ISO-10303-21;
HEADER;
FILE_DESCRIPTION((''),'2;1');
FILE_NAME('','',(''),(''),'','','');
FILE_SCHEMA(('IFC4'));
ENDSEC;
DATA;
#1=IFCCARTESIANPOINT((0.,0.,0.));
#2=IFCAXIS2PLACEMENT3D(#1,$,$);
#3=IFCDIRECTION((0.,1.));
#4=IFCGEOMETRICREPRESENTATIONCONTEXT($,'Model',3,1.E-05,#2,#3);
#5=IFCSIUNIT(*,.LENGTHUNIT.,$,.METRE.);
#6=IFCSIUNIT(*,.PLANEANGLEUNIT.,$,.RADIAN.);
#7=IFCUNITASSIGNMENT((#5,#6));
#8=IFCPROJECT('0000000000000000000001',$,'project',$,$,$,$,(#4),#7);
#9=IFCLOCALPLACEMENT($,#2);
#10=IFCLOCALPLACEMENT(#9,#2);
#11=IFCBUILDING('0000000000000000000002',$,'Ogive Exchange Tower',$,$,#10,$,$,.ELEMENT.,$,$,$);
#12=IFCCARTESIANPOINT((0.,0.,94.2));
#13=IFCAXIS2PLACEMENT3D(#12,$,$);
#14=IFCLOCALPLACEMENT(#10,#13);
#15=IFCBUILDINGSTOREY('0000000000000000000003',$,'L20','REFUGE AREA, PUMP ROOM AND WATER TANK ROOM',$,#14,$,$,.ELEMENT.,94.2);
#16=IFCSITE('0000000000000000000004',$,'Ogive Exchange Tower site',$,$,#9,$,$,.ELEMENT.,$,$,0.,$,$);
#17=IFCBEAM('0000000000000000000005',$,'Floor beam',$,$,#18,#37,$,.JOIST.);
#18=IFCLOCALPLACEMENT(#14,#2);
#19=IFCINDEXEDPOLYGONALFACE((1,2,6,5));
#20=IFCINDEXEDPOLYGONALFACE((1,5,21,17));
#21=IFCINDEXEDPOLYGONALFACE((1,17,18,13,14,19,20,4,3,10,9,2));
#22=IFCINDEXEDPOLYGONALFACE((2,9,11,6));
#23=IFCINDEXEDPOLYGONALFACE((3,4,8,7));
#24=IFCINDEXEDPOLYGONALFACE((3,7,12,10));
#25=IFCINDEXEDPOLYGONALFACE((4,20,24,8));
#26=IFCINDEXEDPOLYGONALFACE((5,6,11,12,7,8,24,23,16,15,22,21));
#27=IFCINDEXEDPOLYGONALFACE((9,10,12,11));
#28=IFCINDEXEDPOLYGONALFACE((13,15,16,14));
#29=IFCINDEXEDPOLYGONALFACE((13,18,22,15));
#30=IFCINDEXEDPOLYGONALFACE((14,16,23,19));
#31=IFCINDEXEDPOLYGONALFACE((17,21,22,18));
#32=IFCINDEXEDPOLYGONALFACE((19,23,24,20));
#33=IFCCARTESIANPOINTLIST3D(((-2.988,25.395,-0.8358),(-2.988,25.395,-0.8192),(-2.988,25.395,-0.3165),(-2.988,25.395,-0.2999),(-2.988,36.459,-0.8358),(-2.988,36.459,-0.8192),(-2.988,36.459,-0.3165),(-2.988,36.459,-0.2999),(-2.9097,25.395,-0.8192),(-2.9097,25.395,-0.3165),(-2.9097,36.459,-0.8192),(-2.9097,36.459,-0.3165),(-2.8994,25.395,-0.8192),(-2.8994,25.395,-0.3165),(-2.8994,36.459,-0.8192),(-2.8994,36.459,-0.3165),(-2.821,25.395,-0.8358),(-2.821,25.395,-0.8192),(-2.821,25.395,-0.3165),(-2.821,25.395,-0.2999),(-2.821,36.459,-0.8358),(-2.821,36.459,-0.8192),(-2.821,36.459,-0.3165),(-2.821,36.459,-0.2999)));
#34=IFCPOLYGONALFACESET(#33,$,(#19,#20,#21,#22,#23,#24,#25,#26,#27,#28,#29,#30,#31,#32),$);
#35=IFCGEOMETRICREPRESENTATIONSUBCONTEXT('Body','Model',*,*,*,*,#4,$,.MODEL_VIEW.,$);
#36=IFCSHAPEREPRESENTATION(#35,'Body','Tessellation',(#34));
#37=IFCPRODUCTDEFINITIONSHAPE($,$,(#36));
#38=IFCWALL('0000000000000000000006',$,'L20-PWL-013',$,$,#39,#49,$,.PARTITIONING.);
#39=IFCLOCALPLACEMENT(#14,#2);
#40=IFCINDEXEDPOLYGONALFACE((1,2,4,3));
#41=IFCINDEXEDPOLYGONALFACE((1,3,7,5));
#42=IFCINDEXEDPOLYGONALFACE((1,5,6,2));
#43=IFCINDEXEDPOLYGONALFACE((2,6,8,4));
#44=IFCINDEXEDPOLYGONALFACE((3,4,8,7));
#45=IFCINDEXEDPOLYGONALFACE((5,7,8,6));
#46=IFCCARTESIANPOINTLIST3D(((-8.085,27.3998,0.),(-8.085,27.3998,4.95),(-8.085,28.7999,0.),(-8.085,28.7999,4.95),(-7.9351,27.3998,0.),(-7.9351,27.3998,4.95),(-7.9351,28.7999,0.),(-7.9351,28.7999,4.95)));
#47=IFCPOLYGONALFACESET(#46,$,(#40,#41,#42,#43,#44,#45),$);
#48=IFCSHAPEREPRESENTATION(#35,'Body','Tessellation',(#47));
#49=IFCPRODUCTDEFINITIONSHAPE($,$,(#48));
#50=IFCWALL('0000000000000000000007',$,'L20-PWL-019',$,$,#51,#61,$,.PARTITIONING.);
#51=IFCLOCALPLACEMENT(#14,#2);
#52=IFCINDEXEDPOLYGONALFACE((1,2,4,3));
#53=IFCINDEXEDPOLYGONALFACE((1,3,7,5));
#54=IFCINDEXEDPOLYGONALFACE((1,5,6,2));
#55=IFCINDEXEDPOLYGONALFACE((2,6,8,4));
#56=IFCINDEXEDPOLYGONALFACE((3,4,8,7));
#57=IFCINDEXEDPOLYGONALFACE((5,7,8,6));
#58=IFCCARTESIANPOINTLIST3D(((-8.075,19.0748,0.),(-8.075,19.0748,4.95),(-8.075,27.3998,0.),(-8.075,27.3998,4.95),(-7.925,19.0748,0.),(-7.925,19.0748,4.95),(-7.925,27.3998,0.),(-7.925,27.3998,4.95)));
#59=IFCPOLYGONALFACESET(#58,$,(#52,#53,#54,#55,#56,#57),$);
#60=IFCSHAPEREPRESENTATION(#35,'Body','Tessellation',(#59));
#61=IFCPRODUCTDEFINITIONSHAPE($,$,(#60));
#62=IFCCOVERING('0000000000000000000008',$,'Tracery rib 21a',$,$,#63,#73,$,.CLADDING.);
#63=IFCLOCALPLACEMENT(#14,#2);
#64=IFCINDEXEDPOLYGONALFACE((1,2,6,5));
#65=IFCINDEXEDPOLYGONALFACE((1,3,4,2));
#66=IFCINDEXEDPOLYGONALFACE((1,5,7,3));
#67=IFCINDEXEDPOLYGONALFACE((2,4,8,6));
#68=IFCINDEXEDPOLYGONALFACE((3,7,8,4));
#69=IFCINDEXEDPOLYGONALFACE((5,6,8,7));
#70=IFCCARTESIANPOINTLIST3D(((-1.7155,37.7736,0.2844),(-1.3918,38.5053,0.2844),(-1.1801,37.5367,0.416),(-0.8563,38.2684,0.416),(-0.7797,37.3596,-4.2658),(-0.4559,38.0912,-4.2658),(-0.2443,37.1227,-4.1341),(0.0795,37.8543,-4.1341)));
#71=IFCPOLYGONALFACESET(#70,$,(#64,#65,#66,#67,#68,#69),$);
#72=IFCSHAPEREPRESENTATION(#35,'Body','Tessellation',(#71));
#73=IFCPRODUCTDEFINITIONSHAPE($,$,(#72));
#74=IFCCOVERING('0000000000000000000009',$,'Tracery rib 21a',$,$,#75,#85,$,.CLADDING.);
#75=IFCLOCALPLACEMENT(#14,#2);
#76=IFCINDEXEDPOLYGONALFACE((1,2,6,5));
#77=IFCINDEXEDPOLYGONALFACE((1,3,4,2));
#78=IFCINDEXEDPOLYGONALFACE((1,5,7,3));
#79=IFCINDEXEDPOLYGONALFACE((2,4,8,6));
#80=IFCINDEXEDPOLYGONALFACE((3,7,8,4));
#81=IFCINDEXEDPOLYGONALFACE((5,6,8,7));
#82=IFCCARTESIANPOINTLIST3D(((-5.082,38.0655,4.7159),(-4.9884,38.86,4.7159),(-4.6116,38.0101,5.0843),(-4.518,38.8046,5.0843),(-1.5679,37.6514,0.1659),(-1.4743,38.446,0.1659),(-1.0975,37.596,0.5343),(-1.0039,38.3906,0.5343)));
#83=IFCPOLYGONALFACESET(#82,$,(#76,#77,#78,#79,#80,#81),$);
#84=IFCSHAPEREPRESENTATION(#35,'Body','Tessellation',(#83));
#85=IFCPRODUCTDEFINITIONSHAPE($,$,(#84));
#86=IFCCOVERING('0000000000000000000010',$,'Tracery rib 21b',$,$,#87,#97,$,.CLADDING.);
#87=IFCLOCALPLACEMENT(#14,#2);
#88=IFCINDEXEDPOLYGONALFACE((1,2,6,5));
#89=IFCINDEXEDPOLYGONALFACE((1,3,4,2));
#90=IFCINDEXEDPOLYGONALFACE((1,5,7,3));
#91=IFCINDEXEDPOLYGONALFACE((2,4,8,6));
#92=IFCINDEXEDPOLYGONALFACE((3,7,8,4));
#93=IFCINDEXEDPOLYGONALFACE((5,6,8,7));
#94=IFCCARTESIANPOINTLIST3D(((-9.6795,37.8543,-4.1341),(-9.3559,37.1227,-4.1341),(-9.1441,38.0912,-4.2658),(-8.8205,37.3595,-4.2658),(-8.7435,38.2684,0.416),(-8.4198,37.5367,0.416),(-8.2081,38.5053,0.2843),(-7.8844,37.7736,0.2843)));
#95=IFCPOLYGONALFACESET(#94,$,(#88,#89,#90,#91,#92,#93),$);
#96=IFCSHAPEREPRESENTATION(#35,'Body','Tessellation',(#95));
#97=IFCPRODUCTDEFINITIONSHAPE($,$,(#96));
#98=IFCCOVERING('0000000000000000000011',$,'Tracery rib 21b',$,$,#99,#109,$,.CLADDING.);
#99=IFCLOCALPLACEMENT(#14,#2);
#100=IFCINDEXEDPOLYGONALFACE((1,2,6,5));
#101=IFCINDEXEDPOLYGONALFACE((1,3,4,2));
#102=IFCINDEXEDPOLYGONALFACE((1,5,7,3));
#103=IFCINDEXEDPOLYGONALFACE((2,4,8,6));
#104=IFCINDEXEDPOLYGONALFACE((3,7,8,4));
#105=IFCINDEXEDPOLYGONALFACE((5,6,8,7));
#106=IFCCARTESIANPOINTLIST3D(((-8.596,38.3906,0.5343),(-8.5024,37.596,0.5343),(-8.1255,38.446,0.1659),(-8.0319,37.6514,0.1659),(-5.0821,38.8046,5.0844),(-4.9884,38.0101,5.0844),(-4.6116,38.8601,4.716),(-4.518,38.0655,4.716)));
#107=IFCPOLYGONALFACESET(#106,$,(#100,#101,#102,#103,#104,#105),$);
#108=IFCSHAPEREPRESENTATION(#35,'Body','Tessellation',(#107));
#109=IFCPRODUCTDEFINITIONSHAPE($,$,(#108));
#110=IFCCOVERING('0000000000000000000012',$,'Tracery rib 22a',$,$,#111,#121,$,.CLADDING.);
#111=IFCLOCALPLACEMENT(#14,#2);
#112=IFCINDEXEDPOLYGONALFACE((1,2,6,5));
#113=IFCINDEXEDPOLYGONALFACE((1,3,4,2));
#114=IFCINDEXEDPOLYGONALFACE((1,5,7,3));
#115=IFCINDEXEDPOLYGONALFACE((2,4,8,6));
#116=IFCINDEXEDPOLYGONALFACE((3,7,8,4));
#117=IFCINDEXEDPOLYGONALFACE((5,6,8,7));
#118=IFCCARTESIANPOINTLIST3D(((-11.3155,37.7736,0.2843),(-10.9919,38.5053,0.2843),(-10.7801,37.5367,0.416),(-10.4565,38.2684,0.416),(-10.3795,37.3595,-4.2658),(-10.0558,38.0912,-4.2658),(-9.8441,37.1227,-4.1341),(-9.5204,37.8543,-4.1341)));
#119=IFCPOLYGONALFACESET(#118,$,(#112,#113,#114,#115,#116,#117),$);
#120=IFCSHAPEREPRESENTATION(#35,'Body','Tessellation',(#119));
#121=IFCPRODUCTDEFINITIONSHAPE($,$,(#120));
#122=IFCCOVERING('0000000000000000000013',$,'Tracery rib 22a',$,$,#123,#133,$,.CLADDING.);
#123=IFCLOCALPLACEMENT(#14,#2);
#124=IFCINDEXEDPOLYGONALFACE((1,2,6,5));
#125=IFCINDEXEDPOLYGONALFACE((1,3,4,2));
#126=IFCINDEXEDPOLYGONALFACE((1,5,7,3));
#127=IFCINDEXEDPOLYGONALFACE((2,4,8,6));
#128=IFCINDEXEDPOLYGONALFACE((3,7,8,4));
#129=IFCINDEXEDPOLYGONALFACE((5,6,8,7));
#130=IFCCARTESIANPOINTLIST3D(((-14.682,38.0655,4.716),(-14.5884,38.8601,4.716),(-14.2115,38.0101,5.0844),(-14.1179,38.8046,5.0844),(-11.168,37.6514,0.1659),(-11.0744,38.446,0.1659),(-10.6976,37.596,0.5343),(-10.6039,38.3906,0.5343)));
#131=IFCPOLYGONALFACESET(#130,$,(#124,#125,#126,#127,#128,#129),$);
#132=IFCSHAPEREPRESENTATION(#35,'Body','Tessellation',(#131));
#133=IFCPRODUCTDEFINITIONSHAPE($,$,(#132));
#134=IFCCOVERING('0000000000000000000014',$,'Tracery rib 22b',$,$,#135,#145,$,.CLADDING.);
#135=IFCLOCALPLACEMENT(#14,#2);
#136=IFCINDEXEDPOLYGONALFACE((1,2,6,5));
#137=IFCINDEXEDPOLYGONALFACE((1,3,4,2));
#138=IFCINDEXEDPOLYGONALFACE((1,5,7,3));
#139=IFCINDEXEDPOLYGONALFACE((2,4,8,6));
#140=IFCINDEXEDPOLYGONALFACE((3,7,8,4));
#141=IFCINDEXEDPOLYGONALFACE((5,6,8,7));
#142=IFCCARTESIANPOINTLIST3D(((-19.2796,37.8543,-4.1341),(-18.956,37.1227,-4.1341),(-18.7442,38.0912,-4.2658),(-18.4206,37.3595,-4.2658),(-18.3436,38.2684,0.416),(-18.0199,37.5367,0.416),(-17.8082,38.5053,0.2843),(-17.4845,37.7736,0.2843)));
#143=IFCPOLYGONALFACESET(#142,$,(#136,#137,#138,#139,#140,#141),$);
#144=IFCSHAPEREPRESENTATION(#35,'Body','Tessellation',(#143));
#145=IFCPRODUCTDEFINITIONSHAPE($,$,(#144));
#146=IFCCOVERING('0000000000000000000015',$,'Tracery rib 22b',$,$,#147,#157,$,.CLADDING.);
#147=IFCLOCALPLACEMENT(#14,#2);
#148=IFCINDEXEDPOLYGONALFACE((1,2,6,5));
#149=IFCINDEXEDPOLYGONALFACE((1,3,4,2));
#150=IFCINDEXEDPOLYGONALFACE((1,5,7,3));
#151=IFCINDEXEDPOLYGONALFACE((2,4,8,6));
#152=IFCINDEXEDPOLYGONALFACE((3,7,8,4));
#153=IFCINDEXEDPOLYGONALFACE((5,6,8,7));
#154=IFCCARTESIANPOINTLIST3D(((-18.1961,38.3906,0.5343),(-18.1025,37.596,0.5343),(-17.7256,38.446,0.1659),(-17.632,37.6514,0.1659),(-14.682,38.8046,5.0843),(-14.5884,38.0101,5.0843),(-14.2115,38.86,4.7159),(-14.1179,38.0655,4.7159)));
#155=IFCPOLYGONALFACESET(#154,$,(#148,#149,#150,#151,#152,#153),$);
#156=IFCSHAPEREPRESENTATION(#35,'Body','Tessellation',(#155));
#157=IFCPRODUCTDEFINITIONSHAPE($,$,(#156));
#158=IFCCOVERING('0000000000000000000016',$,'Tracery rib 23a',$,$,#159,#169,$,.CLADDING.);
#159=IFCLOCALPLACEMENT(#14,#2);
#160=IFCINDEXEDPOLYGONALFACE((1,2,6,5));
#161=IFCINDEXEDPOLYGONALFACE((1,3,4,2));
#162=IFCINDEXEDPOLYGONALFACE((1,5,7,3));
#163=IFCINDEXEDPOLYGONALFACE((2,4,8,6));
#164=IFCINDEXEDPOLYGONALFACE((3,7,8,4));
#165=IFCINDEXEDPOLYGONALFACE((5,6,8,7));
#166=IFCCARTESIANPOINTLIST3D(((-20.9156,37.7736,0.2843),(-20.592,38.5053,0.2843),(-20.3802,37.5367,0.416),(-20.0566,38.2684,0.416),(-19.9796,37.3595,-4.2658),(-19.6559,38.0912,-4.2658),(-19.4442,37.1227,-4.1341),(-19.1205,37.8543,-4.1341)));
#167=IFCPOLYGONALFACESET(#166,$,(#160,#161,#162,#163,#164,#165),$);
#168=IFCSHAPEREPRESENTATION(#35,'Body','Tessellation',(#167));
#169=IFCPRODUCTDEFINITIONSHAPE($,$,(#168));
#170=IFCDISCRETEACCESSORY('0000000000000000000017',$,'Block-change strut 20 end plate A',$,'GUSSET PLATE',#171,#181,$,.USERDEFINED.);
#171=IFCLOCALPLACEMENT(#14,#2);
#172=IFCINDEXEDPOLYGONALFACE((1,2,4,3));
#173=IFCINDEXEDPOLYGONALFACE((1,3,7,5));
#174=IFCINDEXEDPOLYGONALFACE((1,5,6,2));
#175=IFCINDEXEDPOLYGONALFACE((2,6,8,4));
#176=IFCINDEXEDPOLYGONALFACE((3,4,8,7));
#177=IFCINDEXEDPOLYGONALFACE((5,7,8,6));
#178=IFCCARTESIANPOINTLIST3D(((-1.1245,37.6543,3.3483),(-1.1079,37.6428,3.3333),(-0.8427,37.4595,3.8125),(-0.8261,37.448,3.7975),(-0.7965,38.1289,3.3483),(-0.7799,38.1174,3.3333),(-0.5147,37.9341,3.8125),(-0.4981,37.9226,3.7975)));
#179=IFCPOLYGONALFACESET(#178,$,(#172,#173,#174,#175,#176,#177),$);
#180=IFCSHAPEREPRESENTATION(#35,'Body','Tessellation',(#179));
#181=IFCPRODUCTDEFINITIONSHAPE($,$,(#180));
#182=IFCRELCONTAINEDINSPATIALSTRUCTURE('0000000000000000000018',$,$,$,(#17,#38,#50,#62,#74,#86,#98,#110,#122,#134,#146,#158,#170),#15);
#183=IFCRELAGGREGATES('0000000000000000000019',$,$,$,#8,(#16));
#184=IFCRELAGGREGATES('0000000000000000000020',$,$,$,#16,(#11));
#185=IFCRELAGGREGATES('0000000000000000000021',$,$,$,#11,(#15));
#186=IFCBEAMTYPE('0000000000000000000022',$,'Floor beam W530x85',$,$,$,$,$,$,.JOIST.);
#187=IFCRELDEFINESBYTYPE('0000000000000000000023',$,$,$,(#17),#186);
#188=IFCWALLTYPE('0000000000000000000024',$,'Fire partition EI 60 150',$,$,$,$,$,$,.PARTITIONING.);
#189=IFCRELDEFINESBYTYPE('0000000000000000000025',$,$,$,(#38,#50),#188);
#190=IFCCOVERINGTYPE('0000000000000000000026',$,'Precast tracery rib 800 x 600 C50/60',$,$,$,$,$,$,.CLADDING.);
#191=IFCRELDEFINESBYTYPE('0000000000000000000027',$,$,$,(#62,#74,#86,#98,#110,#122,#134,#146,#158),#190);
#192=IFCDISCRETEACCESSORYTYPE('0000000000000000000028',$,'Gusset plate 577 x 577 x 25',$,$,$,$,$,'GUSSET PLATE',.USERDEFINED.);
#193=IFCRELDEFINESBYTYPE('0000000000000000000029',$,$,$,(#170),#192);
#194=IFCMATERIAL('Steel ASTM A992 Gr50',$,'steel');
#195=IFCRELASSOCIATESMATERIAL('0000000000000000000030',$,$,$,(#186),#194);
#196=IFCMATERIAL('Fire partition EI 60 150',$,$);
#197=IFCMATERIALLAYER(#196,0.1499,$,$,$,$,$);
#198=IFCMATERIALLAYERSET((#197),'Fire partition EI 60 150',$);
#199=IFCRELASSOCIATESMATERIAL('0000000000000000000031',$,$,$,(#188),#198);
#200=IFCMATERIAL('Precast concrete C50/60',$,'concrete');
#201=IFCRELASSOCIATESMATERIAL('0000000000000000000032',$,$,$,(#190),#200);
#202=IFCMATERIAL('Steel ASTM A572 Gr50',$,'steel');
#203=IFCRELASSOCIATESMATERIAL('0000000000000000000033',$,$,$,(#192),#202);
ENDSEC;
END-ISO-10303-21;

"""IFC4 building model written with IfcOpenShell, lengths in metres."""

from ifc_helpers import new_model, si_unit, direction, frame, frame_2d, origin, origin_2d, place, context, subcontext, project, spatial, rectangle, i_section, extrude, material, layer, layer_set, material_profile, profile_set, type_object, element, save


model = new_model("IFC4")

# Units and contexts
model_context = context("Model", 3, precision=1e-05, world=origin(), true_north=direction((0.0, 1.0)))
body_context = subcontext(model_context, "Body", "Model", "MODEL_VIEW")
ifc_project = project(units=[si_unit("LENGTHUNIT", "METRE"), si_unit("PLANEANGLEUNIT", "RADIAN")], contexts=[model_context])

# Site, building, storey
site_placement = place(None, origin())
site = spatial("IfcSite", under=ifc_project, at=site_placement, Name="Ogive Exchange Tower site", CompositionType="ELEMENT", RefElevation=0.0)
building_placement = place(site_placement, origin())
building = spatial("IfcBuilding", under=site, at=building_placement, Name="Ogive Exchange Tower", CompositionType="ELEMENT")
storey_placement = place(building_placement, frame((0.0, 0.0, 94.2)))
storey = spatial("IfcBuildingStorey", under=building, at=storey_placement, Name="L20", Description="REFUGE AREA, PUMP ROOM AND WATER TANK ROOM", CompositionType="ELEMENT", Elevation=94.2)

# Shared definitions
ifc_material_1 = material(Name="Steel ASTM A992 Gr50", Category="steel")

# Beam
ifc_material_profile_1 = material_profile(ifc_material_1, i_section(OverallWidth=0.167, OverallDepth=0.5359, WebThickness=0.0103, FlangeThickness=0.0166, at=origin_2d()), Name="W530x85")
ifc_profile_set_1 = profile_set([ifc_material_profile_1], Name="Steel ASTM A992 Gr50")
beam_type_1 = type_object("IfcBeamType", Name="Floor beam W530x85", PredefinedType="JOIST", material=ifc_profile_set_1)
for number, where, z_axis, x_axis, name in (
    (1, (-2.9045, 25.395, -0.5679), (0.0, 1.0, 0.0), (-1.0, 0.0, 0.0), "Floor beam"),
):
    element("IfcBeam", number, at=place(storey_placement, frame(where, z_axis=z_axis, x_axis=x_axis)), inside=storey, type_object=beam_type_1, Name=name, PredefinedType="JOIST", context=body_context, shape_type="SweptSolid", body=[
        extrude(i_section(OverallWidth=0.167, OverallDepth=0.5359, WebThickness=0.0103, FlangeThickness=0.0166, at=origin_2d()), origin(), (0.0, 0.0, 1.0), 11.064),
    ])

# Walls
ifc_material_2 = material(Name="Fire partition EI 60 150")
ifc_layer = layer(ifc_material_2, 0.1499)
ifc_layer_set = layer_set([ifc_layer], Name="Fire partition EI 60 150")
wall_type = type_object("IfcWallType", Name="Fire partition EI 60 150", PredefinedType="PARTITIONING", material=ifc_layer_set)
wall_1_placement = place(storey_placement, frame((-8.01, 28.8, 0.0), z_axis=(0.0, 0.0, 1.0), x_axis=(0.0, -1.0, 0.0)))
element("IfcWall", 2, at=wall_1_placement, inside=storey, type_object=wall_type, Name="L20-PWL-013", PredefinedType="PARTITIONING", context=body_context, shape_type="SweptSolid", body=[
    extrude(rectangle(XDim=1.4001, YDim=0.1499, at=frame_2d((0.7002, 0.0))), origin(), (0.0, 0.0, 1.0), 4.95),
])
wall_2_placement = place(storey_placement, frame((-8.0, 27.3999, 0.0), z_axis=(0.0, 0.0, 1.0), x_axis=(0.0, -1.0, 0.0)))
element("IfcWall", 3, at=wall_2_placement, inside=storey, type_object=wall_type, Name="L20-PWL-019", PredefinedType="PARTITIONING", context=body_context, shape_type="SweptSolid", body=[
    extrude(rectangle(XDim=8.325, YDim=0.1499, at=frame_2d((4.1626, 0.0))), origin(), (0.0, 0.0, 1.0), 4.95),
])

# Coverings
ifc_material_3 = material(Name="Precast concrete C50/60", Category="concrete")
ifc_material_profile_2 = material_profile(ifc_material_3, rectangle(XDim=0.8, YDim=0.6001, at=origin_2d()), Name="RIB 800 x 600")
ifc_profile_set_2 = profile_set([ifc_material_profile_2], Name="Precast concrete C50/60")
covering_type = type_object("IfcCoveringType", Name="Precast tracery rib 800 x 600 C50/60", PredefinedType="CLADDING", material=ifc_profile_set_2)
covering_1_placement = place(storey_placement, frame((-0.3501, 37.6069, -4.2), z_axis=(-0.200654, 0.088784, 0.975631), x_axis=(-0.404633, -0.914479, 0.0)))
element("IfcCovering", 4, at=covering_1_placement, inside=storey, type_object=covering_type, Name="Tracery rib 21a", PredefinedType="CLADDING", context=body_context, shape_type="SweptSolid", body=[
    extrude(rectangle(XDim=0.8, YDim=0.6001, at=origin_2d()), origin(), (0.0, 0.0, 1.0), 4.6638),
])
covering_2_placement = place(storey_placement, frame((-1.2859, 38.021, 0.3501), z_axis=(-0.609674, 0.071836, 0.789391), x_axis=(-0.117017, -0.99313, 0.0)))
element("IfcCovering", 5, at=covering_2_placement, inside=storey, type_object=covering_type, Name="Tracery rib 21a", PredefinedType="CLADDING", context=body_context, shape_type="SweptSolid", body=[
    extrude(rectangle(XDim=0.8, YDim=0.6001, at=origin_2d()), origin(), (0.0, 0.0, 1.0), 5.7639),
])
covering_3_placement = place(storey_placement, frame((-9.25, 37.6069, -4.2), z_axis=(0.200704, 0.088783, 0.97562), x_axis=(-0.404544, 0.914518, 0.0)))
element("IfcCovering", 6, at=covering_3_placement, inside=storey, type_object=covering_type, Name="Tracery rib 21b", PredefinedType="CLADDING", context=body_context, shape_type="SweptSolid", body=[
    extrude(rectangle(XDim=0.8, YDim=0.6001, at=origin_2d()), origin(), (0.0, 0.0, 1.0), 4.6638),
])
covering_4_placement = place(storey_placement, frame((-8.314, 38.021, 0.3501), z_axis=(0.609647, 0.071838, 0.789411), x_axis=(-0.117025, 0.993129, 0.0)))
element("IfcCovering", 7, at=covering_4_placement, inside=storey, type_object=covering_type, Name="Tracery rib 21b", PredefinedType="CLADDING", context=body_context, shape_type="SweptSolid", body=[
    extrude(rectangle(XDim=0.8, YDim=0.6001, at=origin_2d()), origin(), (0.0, 0.0, 1.0), 5.7639),
])
covering_5_placement = place(storey_placement, frame((-9.95, 37.6069, -4.2), z_axis=(-0.200704, 0.088783, 0.97562), x_axis=(-0.404544, -0.914518, 0.0)))
element("IfcCovering", 8, at=covering_5_placement, inside=storey, type_object=covering_type, Name="Tracery rib 22a", PredefinedType="CLADDING", context=body_context, shape_type="SweptSolid", body=[
    extrude(rectangle(XDim=0.8, YDim=0.6001, at=origin_2d()), origin(), (0.0, 0.0, 1.0), 4.6638),
])
covering_6_placement = place(storey_placement, frame((-10.886, 38.021, 0.3501), z_axis=(-0.609647, 0.071838, 0.789411), x_axis=(-0.117025, -0.993129, 0.0)))
element("IfcCovering", 9, at=covering_6_placement, inside=storey, type_object=covering_type, Name="Tracery rib 22a", PredefinedType="CLADDING", context=body_context, shape_type="SweptSolid", body=[
    extrude(rectangle(XDim=0.8, YDim=0.6001, at=origin_2d()), origin(), (0.0, 0.0, 1.0), 5.7639),
])
covering_7_placement = place(storey_placement, frame((-18.8501, 37.6069, -4.2), z_axis=(0.200704, 0.088783, 0.97562), x_axis=(-0.404544, 0.914518, 0.0)))
element("IfcCovering", 10, at=covering_7_placement, inside=storey, type_object=covering_type, Name="Tracery rib 22b", PredefinedType="CLADDING", context=body_context, shape_type="SweptSolid", body=[
    extrude(rectangle(XDim=0.8, YDim=0.6001, at=origin_2d()), origin(), (0.0, 0.0, 1.0), 4.6638),
])
covering_8_placement = place(storey_placement, frame((-17.9141, 38.021, 0.3501), z_axis=(0.609674, 0.071836, 0.789391), x_axis=(-0.117017, 0.99313, 0.0)))
element("IfcCovering", 11, at=covering_8_placement, inside=storey, type_object=covering_type, Name="Tracery rib 22b", PredefinedType="CLADDING", context=body_context, shape_type="SweptSolid", body=[
    extrude(rectangle(XDim=0.8, YDim=0.6001, at=origin_2d()), origin(), (0.0, 0.0, 1.0), 5.7639),
])
covering_9_placement = place(storey_placement, frame((-19.55, 37.6069, -4.2), z_axis=(-0.200704, 0.088783, 0.97562), x_axis=(-0.404544, -0.914518, 0.0)))
element("IfcCovering", 12, at=covering_9_placement, inside=storey, type_object=covering_type, Name="Tracery rib 23a", PredefinedType="CLADDING", context=body_context, shape_type="SweptSolid", body=[
    extrude(rectangle(XDim=0.8, YDim=0.6001, at=origin_2d()), origin(), (0.0, 0.0, 1.0), 4.6638),
])

# Discrete accessory
ifc_material_4 = material(Name="Steel ASTM A572 Gr50", Category="steel")
ifc_material_profile_3 = material_profile(ifc_material_4, rectangle(XDim=0.5769, YDim=0.5769, at=origin_2d()), Name="PL 577 x 577 x 25")
ifc_profile_set_3 = profile_set([ifc_material_profile_3], Name="Steel ASTM A572 Gr50")
discrete_accessory_type_1 = type_object("IfcDiscreteAccessoryType", Name="Gusset plate 577 x 577 x 25", ElementType="GUSSET PLATE", PredefinedType="USERDEFINED", material=ifc_profile_set_3)
discrete_accessory_1_placement = place(storey_placement, frame((-0.803, 37.7827, 3.5654), z_axis=(-0.661912, 0.457498, 0.593774), x_axis=(-0.568581, -0.822627, 0.0)))
element("IfcDiscreteAccessory", 13, at=discrete_accessory_1_placement, inside=storey, type_object=discrete_accessory_type_1, Name="Block-change strut 20 end plate A", ObjectType="GUSSET PLATE", PredefinedType="USERDEFINED", context=body_context, shape_type="SweptSolid", body=[
    extrude(rectangle(XDim=0.5769, YDim=0.5769, at=origin_2d()), origin(), (0.0, 0.0, 1.0), 0.0251),
])

save(model, "model.ifc")
